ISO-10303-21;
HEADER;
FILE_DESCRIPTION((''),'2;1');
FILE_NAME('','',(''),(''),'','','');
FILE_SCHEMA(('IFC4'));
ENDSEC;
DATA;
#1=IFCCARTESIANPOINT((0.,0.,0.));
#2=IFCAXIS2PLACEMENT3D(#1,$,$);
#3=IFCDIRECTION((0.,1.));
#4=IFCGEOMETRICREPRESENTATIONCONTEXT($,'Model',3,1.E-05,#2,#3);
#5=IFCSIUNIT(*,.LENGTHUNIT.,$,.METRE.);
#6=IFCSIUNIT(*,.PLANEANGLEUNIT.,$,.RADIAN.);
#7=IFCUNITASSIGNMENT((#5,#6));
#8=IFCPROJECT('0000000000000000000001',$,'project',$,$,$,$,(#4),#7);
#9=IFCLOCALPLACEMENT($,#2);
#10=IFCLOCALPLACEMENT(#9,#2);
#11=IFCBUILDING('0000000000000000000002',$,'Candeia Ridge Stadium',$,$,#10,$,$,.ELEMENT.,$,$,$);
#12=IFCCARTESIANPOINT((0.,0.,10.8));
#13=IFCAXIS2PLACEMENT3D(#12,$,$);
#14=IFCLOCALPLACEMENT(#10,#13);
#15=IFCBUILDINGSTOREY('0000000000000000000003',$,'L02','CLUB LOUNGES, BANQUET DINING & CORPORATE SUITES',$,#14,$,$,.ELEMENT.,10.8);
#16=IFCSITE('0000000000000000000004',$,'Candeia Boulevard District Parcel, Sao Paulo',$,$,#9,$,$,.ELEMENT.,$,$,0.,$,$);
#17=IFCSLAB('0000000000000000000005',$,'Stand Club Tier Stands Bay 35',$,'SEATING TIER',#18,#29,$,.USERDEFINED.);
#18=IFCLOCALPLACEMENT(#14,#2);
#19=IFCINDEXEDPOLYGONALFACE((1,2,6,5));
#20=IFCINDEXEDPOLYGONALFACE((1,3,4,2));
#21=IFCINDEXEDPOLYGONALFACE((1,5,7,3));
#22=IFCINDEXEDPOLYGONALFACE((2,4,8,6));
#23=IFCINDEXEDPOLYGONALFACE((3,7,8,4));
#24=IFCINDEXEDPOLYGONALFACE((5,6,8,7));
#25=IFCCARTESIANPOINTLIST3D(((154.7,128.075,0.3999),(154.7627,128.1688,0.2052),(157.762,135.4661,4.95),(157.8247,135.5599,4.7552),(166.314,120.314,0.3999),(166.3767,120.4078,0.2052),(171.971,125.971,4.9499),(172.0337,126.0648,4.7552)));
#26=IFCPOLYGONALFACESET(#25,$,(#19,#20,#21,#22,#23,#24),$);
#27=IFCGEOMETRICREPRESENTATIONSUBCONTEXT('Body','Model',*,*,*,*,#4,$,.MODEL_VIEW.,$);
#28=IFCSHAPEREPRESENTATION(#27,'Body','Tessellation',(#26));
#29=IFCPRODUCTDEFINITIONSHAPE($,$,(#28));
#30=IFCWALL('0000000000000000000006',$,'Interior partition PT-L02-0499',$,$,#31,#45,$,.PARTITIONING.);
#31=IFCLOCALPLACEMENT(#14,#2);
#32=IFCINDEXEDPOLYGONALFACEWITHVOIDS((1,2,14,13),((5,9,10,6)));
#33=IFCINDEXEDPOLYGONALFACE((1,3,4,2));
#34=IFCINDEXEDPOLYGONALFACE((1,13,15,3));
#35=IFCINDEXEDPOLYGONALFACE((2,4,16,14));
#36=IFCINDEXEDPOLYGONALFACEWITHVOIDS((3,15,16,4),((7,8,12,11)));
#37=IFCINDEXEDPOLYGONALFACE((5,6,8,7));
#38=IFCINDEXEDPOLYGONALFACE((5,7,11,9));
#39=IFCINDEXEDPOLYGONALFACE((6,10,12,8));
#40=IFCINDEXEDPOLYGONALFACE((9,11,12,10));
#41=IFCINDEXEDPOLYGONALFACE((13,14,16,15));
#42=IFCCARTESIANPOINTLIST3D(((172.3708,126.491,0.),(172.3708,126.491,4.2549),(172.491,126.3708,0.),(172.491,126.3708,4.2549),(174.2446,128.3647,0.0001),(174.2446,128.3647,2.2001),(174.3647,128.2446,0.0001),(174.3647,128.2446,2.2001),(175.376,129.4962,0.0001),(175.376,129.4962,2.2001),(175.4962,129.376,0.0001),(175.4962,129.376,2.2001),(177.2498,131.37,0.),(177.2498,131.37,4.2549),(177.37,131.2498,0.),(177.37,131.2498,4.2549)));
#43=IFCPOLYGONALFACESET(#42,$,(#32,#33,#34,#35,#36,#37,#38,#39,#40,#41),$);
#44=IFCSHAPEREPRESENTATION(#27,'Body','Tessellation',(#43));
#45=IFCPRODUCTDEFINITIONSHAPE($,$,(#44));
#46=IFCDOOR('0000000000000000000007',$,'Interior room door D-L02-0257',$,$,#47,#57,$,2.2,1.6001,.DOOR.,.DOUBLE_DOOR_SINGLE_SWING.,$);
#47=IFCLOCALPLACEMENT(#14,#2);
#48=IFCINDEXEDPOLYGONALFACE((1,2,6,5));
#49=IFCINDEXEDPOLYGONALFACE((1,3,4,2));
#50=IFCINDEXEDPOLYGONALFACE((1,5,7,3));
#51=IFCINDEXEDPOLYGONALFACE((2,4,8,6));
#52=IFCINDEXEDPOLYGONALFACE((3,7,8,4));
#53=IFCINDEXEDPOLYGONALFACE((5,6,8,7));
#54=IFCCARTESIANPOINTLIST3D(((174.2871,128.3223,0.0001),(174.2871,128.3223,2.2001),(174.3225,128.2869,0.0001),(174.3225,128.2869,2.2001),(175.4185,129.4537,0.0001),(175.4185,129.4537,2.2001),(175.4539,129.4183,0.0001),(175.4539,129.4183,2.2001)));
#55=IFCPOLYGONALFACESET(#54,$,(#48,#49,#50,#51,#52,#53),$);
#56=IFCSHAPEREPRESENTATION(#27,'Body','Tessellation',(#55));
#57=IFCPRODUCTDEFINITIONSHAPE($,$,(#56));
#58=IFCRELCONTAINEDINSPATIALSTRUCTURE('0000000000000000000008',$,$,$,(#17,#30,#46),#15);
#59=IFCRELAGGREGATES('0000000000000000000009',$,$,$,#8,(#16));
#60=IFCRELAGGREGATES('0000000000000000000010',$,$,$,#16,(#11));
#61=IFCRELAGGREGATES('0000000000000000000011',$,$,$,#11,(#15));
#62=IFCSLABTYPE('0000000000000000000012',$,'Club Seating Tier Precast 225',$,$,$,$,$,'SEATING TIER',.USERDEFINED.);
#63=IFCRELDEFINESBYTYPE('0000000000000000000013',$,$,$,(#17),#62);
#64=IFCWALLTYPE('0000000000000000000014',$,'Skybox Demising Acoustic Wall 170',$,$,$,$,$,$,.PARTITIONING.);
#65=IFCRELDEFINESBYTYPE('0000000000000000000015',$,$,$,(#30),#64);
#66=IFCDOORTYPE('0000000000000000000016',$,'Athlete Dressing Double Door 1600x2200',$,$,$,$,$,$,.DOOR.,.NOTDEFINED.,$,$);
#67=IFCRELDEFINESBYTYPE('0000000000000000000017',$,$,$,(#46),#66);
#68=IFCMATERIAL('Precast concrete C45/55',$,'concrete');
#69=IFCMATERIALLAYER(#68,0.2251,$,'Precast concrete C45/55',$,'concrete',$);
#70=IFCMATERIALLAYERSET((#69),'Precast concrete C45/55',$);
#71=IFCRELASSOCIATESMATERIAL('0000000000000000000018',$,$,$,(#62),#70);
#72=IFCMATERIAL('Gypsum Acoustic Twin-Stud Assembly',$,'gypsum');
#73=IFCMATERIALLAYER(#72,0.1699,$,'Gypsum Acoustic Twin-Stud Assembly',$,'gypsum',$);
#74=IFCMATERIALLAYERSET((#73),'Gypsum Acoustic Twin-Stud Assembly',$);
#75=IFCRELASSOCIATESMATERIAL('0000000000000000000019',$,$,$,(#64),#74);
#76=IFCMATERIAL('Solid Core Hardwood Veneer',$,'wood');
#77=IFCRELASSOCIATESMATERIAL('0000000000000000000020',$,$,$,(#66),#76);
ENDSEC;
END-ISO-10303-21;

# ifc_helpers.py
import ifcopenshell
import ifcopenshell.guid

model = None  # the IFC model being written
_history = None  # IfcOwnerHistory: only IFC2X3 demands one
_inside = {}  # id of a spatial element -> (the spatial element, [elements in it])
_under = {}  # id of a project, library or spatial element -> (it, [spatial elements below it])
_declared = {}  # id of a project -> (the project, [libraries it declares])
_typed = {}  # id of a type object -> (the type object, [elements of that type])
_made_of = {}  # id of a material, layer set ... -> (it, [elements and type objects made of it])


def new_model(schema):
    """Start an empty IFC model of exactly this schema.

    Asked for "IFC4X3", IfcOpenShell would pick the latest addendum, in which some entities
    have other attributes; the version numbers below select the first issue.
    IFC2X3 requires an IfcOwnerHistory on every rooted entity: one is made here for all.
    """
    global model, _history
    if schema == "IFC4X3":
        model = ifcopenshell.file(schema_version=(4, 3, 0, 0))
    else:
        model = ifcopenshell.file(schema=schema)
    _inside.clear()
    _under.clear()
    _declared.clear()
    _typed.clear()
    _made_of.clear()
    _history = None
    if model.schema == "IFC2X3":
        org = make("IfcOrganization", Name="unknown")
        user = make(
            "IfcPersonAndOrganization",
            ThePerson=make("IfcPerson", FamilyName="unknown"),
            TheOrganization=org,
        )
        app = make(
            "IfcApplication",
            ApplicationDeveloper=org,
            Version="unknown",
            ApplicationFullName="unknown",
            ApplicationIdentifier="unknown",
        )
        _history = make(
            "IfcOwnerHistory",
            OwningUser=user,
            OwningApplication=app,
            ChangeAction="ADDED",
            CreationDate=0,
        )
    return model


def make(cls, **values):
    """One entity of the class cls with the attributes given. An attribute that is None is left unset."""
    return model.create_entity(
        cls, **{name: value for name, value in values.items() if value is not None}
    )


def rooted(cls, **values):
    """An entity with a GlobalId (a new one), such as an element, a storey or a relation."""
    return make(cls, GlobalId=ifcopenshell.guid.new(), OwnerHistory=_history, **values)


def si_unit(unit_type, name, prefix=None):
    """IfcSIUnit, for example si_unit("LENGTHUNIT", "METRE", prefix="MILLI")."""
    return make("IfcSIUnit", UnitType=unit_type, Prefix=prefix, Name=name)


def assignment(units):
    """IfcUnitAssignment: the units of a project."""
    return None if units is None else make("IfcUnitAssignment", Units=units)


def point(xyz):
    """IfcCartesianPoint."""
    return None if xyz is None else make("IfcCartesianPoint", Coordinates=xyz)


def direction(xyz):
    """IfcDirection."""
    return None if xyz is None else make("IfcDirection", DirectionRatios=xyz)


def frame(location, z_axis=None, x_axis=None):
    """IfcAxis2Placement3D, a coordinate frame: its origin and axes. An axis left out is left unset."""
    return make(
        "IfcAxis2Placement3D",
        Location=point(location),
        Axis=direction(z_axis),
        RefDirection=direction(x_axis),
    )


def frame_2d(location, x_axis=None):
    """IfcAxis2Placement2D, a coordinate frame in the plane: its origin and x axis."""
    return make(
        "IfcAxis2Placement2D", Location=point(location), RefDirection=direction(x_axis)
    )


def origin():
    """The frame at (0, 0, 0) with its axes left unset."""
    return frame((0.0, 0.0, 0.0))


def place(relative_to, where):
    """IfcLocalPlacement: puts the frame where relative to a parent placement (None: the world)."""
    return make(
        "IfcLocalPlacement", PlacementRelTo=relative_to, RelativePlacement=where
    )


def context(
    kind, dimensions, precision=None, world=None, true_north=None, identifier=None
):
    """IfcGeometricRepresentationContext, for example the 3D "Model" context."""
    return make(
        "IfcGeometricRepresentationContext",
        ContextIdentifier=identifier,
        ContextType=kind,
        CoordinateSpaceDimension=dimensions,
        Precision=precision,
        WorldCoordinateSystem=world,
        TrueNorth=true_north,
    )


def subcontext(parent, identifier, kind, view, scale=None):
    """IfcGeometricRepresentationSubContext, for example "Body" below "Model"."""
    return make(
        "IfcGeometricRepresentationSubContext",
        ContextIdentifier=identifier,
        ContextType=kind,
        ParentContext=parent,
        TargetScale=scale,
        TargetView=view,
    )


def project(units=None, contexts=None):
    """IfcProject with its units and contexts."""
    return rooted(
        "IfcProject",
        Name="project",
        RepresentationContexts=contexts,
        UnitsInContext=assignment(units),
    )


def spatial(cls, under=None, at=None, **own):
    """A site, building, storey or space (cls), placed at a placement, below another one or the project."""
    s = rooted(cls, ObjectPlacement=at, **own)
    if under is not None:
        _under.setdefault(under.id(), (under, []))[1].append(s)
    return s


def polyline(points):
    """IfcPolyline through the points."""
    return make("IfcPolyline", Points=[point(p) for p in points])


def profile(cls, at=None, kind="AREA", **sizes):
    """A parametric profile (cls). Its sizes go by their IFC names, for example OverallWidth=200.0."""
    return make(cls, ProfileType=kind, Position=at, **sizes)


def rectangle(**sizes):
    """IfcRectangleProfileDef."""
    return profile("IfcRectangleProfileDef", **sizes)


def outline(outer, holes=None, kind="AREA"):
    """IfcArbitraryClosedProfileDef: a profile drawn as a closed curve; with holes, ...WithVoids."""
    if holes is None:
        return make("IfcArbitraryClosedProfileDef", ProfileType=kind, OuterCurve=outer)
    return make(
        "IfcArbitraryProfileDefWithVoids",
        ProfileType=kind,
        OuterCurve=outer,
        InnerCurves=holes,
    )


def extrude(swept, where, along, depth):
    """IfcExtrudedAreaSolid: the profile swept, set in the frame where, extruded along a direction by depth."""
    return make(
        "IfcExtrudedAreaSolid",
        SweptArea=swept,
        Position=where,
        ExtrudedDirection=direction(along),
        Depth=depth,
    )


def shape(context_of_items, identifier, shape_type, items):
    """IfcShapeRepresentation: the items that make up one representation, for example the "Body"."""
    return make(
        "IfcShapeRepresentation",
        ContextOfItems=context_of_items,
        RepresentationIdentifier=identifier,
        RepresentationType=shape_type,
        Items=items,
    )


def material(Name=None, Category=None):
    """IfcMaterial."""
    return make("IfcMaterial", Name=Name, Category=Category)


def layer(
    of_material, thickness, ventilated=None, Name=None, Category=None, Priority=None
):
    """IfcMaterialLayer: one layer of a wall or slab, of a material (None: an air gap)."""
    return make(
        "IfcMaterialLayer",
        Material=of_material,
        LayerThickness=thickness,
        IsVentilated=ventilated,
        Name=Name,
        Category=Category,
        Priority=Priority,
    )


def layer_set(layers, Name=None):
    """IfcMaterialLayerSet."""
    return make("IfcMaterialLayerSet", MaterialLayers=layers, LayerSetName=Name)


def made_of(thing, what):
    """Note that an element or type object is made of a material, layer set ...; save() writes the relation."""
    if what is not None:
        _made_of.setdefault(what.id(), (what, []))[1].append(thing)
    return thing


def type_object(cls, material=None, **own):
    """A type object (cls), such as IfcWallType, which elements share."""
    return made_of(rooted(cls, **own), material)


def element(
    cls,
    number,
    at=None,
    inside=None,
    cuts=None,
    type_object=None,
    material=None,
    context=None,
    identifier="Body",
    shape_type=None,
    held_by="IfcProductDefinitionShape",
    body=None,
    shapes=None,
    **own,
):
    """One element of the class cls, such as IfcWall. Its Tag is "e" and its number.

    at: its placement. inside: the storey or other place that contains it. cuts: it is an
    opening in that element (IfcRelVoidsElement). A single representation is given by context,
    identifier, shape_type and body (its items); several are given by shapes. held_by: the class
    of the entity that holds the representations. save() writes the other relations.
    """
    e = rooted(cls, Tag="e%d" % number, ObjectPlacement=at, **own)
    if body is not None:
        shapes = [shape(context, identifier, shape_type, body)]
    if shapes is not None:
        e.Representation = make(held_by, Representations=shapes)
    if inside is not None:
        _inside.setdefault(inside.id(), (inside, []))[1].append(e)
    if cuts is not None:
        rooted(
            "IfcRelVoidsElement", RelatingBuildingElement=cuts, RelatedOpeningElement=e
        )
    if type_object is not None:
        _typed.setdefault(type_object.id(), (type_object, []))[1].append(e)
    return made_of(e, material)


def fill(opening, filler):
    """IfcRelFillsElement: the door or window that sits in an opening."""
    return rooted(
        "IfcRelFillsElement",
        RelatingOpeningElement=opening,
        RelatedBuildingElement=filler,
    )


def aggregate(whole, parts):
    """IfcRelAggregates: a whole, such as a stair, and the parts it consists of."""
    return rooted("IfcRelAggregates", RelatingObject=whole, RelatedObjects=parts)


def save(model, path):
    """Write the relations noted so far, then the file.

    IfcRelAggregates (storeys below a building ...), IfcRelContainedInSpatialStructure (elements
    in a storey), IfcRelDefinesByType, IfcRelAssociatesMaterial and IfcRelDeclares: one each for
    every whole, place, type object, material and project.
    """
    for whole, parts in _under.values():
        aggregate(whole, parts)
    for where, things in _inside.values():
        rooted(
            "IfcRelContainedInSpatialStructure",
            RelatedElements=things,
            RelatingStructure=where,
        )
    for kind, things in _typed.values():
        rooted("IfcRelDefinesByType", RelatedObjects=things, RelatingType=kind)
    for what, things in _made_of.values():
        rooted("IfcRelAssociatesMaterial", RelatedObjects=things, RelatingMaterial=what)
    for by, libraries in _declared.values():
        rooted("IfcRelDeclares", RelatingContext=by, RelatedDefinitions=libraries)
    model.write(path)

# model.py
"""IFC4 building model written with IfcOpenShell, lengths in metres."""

from ifc_helpers import new_model, si_unit, direction, frame, frame_2d, origin, place, context, subcontext, project, spatial, polyline, rectangle, outline, extrude, material, layer, layer_set, type_object, element, fill, save


model = new_model("IFC4")

# Units and contexts
model_context = context("Model", 3, precision=1e-05, world=origin(), true_north=direction((0.0, 1.0)))
body_context = subcontext(model_context, "Body", "Model", "MODEL_VIEW")
ifc_project = project(units=[si_unit("LENGTHUNIT", "METRE"), si_unit("PLANEANGLEUNIT", "RADIAN")], contexts=[model_context])

# Site, building, storey
site_placement = place(None, origin())
site = spatial("IfcSite", under=ifc_project, at=site_placement, Name="Candeia Boulevard District Parcel, Sao Paulo", CompositionType="ELEMENT", RefElevation=0.0)
building_placement = place(site_placement, origin())
building = spatial("IfcBuilding", under=site, at=building_placement, Name="Candeia Ridge Stadium", CompositionType="ELEMENT")
storey_placement = place(building_placement, frame((0.0, 0.0, 10.8)))
storey = spatial("IfcBuildingStorey", under=building, at=storey_placement, Name="L02", Description="CLUB LOUNGES, BANQUET DINING & CORPORATE SUITES", CompositionType="ELEMENT", Elevation=10.8)

# Slab
ifc_material_1 = material(Name="Precast concrete C45/55", Category="concrete")
ifc_layer_1 = layer(ifc_material_1, 0.2251, Name="Precast concrete C45/55", Category="concrete")
ifc_layer_set_1 = layer_set([ifc_layer_1], Name="Precast concrete C45/55")
slab_type = type_object("IfcSlabType", Name="Club Seating Tier Precast 225", ElementType="SEATING TIER", PredefinedType="USERDEFINED", material=ifc_layer_set_1)
slab_placement = place(storey_placement, frame((166.314, 120.314, 0.3999), z_axis=(-0.278715, -0.417085, 0.865077), x_axis=(-0.831445, 0.555608, -0.000001)))
element("IfcSlab", 1, at=slab_placement, inside=storey, type_object=slab_type, Name="Stand Club Tier Stands Bay 35", ObjectType="SEATING TIER", PredefinedType="USERDEFINED", context=body_context, shape_type="SweptSolid", body=[
    extrude(outline(polyline([(0.0, 0.0), (13.9685, 0.0), (15.5291, -9.0704), (-1.5604, -9.0703), (0.0, 0.0)])), origin(), (0.0, 0.0, -1.0), 0.2251),
])

# Wall, opening, door
ifc_material_2 = material(Name="Gypsum Acoustic Twin-Stud Assembly", Category="gypsum")
ifc_layer_2 = layer(ifc_material_2, 0.1699, Name="Gypsum Acoustic Twin-Stud Assembly", Category="gypsum")
ifc_layer_set_2 = layer_set([ifc_layer_2], Name="Gypsum Acoustic Twin-Stud Assembly")
wall_type = type_object("IfcWallType", Name="Skybox Demising Acoustic Wall 170", PredefinedType="PARTITIONING", material=ifc_layer_set_2)
wall_placement = place(storey_placement, frame((172.4309, 126.4309, 0.0), z_axis=(0.0, 0.0, 1.0), x_axis=(0.707107, 0.707107, 0.0)))
wall = element("IfcWall", 2, at=wall_placement, inside=storey, type_object=wall_type, Name="Interior partition PT-L02-0499", PredefinedType="PARTITIONING", context=body_context, shape_type="SweptSolid", body=[
    extrude(rectangle(XDim=6.8999, YDim=0.1699, at=frame_2d((3.45, 0.0))), origin(), (0.0, 0.0, 1.0), 4.2549),
])
opening_placement = place(wall_placement, frame((2.6499, 0.0, 0.0)))
opening = element("IfcOpeningElement", 3, at=opening_placement, cuts=wall, PredefinedType="OPENING", context=body_context, shape_type="SweptSolid", body=[
    extrude(rectangle(XDim=1.6001, YDim=2.2, at=frame_2d((0.8, 1.1001))), frame((0.0, 0.095, 0.0), z_axis=(0.0, -1.0, 0.0), x_axis=(1.0, 0.0, 0.0)), (0.0, 0.0, 1.0), 0.1899),
])
ifc_material_3 = material(Name="Solid Core Hardwood Veneer", Category="wood")
door_type = type_object("IfcDoorType", Name="Athlete Dressing Double Door 1600x2200", OperationType="NOTDEFINED", PredefinedType="DOOR", material=ifc_material_3)
door_placement = place(opening_placement, origin())
door = element("IfcDoor", 4, at=door_placement, inside=storey, type_object=door_type, Name="Interior room door D-L02-0257", OperationType="DOUBLE_DOOR_SINGLE_SWING", OverallHeight=2.2, OverallWidth=1.6001, PredefinedType="DOOR", context=body_context, shape_type="SweptSolid", body=[
    extrude(rectangle(XDim=1.6001, YDim=2.2, at=frame_2d((0.8, 1.1001))), frame((0.0, 0.0249, 0.0), z_axis=(0.0, -1.0, 0.0), x_axis=(1.0, 0.0, 0.0)), (0.0, 0.0, 1.0), 0.05),
])
fill(opening, door)

save(model, "model.ifc")
